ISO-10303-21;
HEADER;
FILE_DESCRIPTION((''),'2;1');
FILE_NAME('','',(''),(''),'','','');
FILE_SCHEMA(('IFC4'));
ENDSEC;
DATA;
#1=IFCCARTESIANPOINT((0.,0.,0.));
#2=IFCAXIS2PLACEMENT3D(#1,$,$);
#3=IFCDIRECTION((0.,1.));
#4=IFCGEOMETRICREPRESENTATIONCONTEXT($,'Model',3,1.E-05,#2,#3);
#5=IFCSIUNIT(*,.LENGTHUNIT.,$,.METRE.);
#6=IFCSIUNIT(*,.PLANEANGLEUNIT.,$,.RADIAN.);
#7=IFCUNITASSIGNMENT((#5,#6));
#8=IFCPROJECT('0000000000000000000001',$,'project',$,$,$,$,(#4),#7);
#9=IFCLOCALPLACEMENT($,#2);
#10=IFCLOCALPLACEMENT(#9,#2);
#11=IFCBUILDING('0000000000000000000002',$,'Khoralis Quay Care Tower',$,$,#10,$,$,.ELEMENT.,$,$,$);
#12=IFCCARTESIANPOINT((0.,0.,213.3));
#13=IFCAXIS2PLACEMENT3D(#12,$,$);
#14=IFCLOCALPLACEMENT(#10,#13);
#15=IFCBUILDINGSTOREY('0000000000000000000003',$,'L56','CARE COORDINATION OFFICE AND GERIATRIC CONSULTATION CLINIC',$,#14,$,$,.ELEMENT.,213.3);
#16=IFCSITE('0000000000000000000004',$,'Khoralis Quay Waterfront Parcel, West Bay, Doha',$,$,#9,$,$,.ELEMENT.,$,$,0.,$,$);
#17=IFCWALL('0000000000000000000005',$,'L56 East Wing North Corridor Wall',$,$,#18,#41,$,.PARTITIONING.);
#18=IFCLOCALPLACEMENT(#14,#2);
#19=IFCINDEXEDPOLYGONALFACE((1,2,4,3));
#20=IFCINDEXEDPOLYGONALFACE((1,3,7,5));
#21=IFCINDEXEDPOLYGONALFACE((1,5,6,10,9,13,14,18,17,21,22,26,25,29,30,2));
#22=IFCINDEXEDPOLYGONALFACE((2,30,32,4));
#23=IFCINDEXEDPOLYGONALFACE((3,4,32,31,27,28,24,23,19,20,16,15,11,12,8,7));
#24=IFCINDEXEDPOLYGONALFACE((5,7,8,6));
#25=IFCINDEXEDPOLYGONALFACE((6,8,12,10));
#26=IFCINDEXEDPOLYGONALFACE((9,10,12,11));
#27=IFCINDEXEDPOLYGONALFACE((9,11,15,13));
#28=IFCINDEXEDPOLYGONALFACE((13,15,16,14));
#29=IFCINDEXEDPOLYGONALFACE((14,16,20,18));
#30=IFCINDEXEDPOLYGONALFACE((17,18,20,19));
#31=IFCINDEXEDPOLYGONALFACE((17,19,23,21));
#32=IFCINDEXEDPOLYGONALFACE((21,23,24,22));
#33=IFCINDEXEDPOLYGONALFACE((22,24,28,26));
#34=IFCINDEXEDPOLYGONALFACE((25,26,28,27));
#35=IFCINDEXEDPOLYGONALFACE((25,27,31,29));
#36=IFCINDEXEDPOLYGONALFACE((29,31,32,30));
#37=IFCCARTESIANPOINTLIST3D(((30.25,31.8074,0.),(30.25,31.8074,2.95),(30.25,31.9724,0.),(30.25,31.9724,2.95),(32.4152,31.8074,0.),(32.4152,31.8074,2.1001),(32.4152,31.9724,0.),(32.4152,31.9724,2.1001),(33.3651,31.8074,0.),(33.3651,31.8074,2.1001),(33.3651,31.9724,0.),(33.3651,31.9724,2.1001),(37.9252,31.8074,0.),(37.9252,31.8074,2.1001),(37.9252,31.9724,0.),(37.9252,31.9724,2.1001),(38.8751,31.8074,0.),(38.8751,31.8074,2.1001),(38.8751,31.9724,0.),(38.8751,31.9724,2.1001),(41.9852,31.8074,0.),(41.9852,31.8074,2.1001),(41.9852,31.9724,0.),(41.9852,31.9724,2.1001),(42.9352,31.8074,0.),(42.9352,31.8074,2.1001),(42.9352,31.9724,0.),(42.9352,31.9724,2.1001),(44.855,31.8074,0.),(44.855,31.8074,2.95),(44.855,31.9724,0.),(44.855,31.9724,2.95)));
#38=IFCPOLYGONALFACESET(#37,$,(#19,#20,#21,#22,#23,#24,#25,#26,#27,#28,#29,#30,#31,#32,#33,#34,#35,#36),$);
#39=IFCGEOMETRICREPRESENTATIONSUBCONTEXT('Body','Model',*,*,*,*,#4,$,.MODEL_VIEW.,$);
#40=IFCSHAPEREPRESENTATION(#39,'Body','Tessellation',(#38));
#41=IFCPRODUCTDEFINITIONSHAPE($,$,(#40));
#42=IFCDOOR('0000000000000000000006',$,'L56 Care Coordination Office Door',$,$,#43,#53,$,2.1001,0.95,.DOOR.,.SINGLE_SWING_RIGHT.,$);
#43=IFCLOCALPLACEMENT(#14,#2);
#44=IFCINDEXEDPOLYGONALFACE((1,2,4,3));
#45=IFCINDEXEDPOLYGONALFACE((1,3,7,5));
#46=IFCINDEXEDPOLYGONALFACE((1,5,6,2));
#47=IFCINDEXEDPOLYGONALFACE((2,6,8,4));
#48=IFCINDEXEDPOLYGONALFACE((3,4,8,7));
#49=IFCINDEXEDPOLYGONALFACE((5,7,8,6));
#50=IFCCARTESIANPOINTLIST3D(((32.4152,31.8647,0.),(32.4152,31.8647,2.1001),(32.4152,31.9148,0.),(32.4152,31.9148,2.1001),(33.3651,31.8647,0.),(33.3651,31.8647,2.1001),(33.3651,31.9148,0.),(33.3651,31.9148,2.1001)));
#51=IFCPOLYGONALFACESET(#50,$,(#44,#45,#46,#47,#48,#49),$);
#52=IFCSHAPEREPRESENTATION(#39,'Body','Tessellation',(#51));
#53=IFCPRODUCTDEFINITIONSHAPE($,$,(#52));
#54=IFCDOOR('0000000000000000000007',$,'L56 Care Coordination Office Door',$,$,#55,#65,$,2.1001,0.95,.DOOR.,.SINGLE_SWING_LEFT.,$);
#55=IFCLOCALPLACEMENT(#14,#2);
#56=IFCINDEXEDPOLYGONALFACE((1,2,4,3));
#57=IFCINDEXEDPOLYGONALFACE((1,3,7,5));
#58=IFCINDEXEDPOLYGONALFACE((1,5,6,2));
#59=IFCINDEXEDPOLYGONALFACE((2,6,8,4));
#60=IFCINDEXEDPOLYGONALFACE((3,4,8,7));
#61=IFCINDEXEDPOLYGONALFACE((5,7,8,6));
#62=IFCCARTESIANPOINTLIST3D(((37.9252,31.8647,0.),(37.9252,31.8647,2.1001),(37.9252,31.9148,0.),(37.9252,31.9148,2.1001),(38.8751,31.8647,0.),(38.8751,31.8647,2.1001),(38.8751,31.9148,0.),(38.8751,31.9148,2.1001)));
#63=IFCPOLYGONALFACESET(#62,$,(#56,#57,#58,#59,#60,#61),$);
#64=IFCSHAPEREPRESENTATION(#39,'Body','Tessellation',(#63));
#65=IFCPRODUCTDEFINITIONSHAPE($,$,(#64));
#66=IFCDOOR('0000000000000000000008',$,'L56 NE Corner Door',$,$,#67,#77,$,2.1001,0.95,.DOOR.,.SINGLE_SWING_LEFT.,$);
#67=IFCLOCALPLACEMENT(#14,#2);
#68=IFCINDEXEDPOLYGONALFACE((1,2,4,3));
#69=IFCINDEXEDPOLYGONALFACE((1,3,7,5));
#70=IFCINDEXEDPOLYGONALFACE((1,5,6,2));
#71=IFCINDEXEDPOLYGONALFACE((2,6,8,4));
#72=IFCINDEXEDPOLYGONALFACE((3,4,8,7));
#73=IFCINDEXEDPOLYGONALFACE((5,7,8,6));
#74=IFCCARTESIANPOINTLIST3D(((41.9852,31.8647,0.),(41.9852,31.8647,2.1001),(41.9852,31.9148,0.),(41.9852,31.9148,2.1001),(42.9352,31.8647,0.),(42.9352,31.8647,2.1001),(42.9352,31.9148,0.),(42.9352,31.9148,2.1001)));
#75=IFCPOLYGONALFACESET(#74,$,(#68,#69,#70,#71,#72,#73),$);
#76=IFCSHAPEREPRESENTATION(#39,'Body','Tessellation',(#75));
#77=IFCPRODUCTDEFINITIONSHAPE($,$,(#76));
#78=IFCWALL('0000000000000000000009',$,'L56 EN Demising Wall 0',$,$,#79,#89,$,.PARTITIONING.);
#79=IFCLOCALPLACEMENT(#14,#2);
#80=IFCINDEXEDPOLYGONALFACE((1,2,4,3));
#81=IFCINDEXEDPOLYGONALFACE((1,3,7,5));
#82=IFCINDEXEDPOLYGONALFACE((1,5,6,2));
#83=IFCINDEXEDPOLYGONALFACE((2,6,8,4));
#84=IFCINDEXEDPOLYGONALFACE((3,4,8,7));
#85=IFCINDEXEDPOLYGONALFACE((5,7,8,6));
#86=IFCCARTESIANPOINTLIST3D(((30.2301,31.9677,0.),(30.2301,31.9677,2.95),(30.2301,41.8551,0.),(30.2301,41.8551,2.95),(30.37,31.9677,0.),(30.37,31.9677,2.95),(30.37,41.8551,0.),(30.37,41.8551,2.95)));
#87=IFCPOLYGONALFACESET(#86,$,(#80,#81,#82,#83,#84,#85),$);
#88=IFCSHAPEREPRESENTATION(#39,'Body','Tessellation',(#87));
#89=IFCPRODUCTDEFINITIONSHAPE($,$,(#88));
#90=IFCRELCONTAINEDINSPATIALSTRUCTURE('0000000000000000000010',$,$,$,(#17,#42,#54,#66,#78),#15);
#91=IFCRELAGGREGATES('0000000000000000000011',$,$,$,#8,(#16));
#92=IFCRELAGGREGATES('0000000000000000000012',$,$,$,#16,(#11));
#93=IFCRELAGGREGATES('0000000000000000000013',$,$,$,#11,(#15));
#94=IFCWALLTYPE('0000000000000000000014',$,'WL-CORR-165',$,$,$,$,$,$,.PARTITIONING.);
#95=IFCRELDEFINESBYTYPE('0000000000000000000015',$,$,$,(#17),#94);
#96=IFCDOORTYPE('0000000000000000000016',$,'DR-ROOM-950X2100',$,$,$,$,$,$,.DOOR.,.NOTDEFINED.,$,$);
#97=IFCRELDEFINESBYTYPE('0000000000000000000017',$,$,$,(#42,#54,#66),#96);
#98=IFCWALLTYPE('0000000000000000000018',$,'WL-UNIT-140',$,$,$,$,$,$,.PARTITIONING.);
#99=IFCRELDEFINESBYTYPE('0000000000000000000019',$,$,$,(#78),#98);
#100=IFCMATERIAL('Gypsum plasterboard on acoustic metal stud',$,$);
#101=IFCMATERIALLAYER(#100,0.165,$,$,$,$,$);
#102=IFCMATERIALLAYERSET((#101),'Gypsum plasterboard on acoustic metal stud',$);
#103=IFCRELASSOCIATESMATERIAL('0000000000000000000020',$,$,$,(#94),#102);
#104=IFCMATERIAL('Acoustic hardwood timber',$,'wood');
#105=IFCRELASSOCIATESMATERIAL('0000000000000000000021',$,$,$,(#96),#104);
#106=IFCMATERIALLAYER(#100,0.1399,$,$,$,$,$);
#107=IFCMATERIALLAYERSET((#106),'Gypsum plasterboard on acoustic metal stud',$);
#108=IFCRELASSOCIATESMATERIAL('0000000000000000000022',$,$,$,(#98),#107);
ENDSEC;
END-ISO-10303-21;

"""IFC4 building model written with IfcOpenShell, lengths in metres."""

from ifc_helpers import new_model, si_unit, direction, frame, frame_2d, origin, place, context, subcontext, project, spatial, rectangle, extrude, source, transform, mapped, material, layer, layer_set, type_object, element, fill, save


model = new_model("IFC4")

# Units and contexts
model_context = context("Model", 3, precision=1e-05, world=origin(), true_north=direction((0.0, 1.0)))
body_context = subcontext(model_context, "Body", "Model", "MODEL_VIEW")
ifc_project = project(units=[si_unit("LENGTHUNIT", "METRE"), si_unit("PLANEANGLEUNIT", "RADIAN")], contexts=[model_context])

# Site, building, storey
site_placement = place(None, origin())
site = spatial("IfcSite", under=ifc_project, at=site_placement, Name="Khoralis Quay Waterfront Parcel, West Bay, Doha", CompositionType="ELEMENT", RefElevation=0.0)
building_placement = place(site_placement, origin())
building = spatial("IfcBuilding", under=site, at=building_placement, Name="Khoralis Quay Care Tower", CompositionType="ELEMENT")
storey_placement = place(building_placement, frame((0.0, 0.0, 213.3)))
storey = spatial("IfcBuildingStorey", under=building, at=storey_placement, Name="L56", Description="CARE COORDINATION OFFICE AND GERIATRIC CONSULTATION CLINIC", CompositionType="ELEMENT", Elevation=213.3)

# Wall, openings, doors
ifc_material_1 = material(Name="Gypsum plasterboard on acoustic metal stud")
ifc_layer_1 = layer(ifc_material_1, 0.165)
ifc_layer_set_1 = layer_set([ifc_layer_1], Name="Gypsum plasterboard on acoustic metal stud")
wall_type_1 = type_object("IfcWallType", Name="WL-CORR-165", PredefinedType="PARTITIONING", material=ifc_layer_set_1)
wall_1_placement = place(storey_placement, frame((30.25, 31.8899, 0.0), z_axis=(0.0, 0.0, 1.0), x_axis=(1.0, 0.0, 0.0)))
wall_1 = element("IfcWall", 1, at=wall_1_placement, inside=storey, type_object=wall_type_1, Name="L56 East Wing North Corridor Wall", PredefinedType="PARTITIONING", context=body_context, shape_type="SweptSolid", body=[
    extrude(rectangle(XDim=14.605, YDim=0.165, at=frame_2d((7.3025, 0.0))), origin(), (0.0, 0.0, 1.0), 2.95),
])
opening_1_placement = place(wall_1_placement, frame((2.165, 0.0, 0.0)))
opening_1 = element("IfcOpeningElement", 2, at=opening_1_placement, cuts=wall_1, PredefinedType="OPENING", context=body_context, shape_type="SweptSolid", body=[
    extrude(rectangle(XDim=0.95, YDim=2.1001, at=frame_2d((0.4751, 1.05))), frame((0.0, 0.0925, 0.0), z_axis=(0.0, -1.0, 0.0), x_axis=(1.0, 0.0, 0.0)), (0.0, 0.0, 1.0), 0.1851),
])
opening_2_placement = place(wall_1_placement, frame((7.675, 0.0, 0.0)))
opening_2 = element("IfcOpeningElement", 3, at=opening_2_placement, cuts=wall_1, PredefinedType="OPENING", context=body_context, shape_type="SweptSolid", body=[
    extrude(rectangle(XDim=0.95, YDim=2.1001, at=frame_2d((0.4751, 1.05))), frame((0.0, 0.0925, 0.0), z_axis=(0.0, -1.0, 0.0), x_axis=(1.0, 0.0, 0.0)), (0.0, 0.0, 1.0), 0.1851),
])
opening_3_placement = place(wall_1_placement, frame((11.7351, 0.0, 0.0)))
opening_3 = element("IfcOpeningElement", 4, at=opening_3_placement, cuts=wall_1, PredefinedType="OPENING", context=body_context, shape_type="SweptSolid", body=[
    extrude(rectangle(XDim=0.95, YDim=2.1001, at=frame_2d((0.4751, 1.05))), frame((0.0, 0.0925, 0.0), z_axis=(0.0, -1.0, 0.0), x_axis=(1.0, 0.0, 0.0)), (0.0, 0.0, 1.0), 0.1851),
])
ifc_material_2 = material(Name="Acoustic hardwood timber", Category="wood")
door_type = type_object("IfcDoorType", Name="DR-ROOM-950X2100", OperationType="NOTDEFINED", PredefinedType="DOOR", material=ifc_material_2)
shared_shape_1 = source(origin(), body_context, "Body", "SweptSolid", [
    extrude(rectangle(XDim=0.95, YDim=2.1001, at=frame_2d((0.4751, 1.05))), frame((0.0, 0.0249, 0.0), z_axis=(0.0, -1.0, 0.0), x_axis=(1.0, 0.0, 0.0)), (0.0, 0.0, 1.0), 0.05),
])
door_1_placement = place(opening_1_placement, origin())
door_1 = element("IfcDoor", 5, at=door_1_placement, inside=storey, type_object=door_type, Name="L56 Care Coordination Office Door", OperationType="SINGLE_SWING_RIGHT", OverallHeight=2.1001, OverallWidth=0.95, PredefinedType="DOOR", context=body_context, shape_type="MappedRepresentation", body=[
    mapped(shared_shape_1, transform((0.0, 0.0, 0.0), scale=1.0)),
])
fill(opening_1, door_1)
door_2_placement = place(opening_2_placement, origin())
door_2 = element("IfcDoor", 6, at=door_2_placement, inside=storey, type_object=door_type, Name="L56 Care Coordination Office Door", OperationType="SINGLE_SWING_LEFT", OverallHeight=2.1001, OverallWidth=0.95, PredefinedType="DOOR", context=body_context, shape_type="MappedRepresentation", body=[
    mapped(shared_shape_1, transform((0.0, 0.0, 0.0), scale=1.0)),
])
fill(opening_2, door_2)
door_3_placement = place(opening_3_placement, origin())
door_3 = element("IfcDoor", 7, at=door_3_placement, inside=storey, type_object=door_type, Name="L56 NE Corner Door", OperationType="SINGLE_SWING_LEFT", OverallHeight=2.1001, OverallWidth=0.95, PredefinedType="DOOR", context=body_context, shape_type="MappedRepresentation", body=[
    mapped(shared_shape_1, transform((0.0, 0.0, 0.0), scale=1.0)),
])
fill(opening_3, door_3)

# Wall
ifc_layer_2 = layer(ifc_material_1, 0.1399)
ifc_layer_set_2 = layer_set([ifc_layer_2], Name="Gypsum plasterboard on acoustic metal stud")
wall_type_2 = type_object("IfcWallType", Name="WL-UNIT-140", PredefinedType="PARTITIONING", material=ifc_layer_set_2)
wall_2_placement = place(storey_placement, frame((30.3, 31.9675, 0.0), z_axis=(0.0, 0.0, 1.0), x_axis=(0.0, 1.0, 0.0)))
element("IfcWall", 8, at=wall_2_placement, inside=storey, type_object=wall_type_2, Name="L56 EN Demising Wall 0", PredefinedType="PARTITIONING", context=body_context, shape_type="SweptSolid", body=[
    extrude(rectangle(XDim=9.8875, YDim=0.1399, at=frame_2d((4.9438, 0.0))), origin(), (0.0, 0.0, 1.0), 2.95),
])

save(model, "model.ifc")
